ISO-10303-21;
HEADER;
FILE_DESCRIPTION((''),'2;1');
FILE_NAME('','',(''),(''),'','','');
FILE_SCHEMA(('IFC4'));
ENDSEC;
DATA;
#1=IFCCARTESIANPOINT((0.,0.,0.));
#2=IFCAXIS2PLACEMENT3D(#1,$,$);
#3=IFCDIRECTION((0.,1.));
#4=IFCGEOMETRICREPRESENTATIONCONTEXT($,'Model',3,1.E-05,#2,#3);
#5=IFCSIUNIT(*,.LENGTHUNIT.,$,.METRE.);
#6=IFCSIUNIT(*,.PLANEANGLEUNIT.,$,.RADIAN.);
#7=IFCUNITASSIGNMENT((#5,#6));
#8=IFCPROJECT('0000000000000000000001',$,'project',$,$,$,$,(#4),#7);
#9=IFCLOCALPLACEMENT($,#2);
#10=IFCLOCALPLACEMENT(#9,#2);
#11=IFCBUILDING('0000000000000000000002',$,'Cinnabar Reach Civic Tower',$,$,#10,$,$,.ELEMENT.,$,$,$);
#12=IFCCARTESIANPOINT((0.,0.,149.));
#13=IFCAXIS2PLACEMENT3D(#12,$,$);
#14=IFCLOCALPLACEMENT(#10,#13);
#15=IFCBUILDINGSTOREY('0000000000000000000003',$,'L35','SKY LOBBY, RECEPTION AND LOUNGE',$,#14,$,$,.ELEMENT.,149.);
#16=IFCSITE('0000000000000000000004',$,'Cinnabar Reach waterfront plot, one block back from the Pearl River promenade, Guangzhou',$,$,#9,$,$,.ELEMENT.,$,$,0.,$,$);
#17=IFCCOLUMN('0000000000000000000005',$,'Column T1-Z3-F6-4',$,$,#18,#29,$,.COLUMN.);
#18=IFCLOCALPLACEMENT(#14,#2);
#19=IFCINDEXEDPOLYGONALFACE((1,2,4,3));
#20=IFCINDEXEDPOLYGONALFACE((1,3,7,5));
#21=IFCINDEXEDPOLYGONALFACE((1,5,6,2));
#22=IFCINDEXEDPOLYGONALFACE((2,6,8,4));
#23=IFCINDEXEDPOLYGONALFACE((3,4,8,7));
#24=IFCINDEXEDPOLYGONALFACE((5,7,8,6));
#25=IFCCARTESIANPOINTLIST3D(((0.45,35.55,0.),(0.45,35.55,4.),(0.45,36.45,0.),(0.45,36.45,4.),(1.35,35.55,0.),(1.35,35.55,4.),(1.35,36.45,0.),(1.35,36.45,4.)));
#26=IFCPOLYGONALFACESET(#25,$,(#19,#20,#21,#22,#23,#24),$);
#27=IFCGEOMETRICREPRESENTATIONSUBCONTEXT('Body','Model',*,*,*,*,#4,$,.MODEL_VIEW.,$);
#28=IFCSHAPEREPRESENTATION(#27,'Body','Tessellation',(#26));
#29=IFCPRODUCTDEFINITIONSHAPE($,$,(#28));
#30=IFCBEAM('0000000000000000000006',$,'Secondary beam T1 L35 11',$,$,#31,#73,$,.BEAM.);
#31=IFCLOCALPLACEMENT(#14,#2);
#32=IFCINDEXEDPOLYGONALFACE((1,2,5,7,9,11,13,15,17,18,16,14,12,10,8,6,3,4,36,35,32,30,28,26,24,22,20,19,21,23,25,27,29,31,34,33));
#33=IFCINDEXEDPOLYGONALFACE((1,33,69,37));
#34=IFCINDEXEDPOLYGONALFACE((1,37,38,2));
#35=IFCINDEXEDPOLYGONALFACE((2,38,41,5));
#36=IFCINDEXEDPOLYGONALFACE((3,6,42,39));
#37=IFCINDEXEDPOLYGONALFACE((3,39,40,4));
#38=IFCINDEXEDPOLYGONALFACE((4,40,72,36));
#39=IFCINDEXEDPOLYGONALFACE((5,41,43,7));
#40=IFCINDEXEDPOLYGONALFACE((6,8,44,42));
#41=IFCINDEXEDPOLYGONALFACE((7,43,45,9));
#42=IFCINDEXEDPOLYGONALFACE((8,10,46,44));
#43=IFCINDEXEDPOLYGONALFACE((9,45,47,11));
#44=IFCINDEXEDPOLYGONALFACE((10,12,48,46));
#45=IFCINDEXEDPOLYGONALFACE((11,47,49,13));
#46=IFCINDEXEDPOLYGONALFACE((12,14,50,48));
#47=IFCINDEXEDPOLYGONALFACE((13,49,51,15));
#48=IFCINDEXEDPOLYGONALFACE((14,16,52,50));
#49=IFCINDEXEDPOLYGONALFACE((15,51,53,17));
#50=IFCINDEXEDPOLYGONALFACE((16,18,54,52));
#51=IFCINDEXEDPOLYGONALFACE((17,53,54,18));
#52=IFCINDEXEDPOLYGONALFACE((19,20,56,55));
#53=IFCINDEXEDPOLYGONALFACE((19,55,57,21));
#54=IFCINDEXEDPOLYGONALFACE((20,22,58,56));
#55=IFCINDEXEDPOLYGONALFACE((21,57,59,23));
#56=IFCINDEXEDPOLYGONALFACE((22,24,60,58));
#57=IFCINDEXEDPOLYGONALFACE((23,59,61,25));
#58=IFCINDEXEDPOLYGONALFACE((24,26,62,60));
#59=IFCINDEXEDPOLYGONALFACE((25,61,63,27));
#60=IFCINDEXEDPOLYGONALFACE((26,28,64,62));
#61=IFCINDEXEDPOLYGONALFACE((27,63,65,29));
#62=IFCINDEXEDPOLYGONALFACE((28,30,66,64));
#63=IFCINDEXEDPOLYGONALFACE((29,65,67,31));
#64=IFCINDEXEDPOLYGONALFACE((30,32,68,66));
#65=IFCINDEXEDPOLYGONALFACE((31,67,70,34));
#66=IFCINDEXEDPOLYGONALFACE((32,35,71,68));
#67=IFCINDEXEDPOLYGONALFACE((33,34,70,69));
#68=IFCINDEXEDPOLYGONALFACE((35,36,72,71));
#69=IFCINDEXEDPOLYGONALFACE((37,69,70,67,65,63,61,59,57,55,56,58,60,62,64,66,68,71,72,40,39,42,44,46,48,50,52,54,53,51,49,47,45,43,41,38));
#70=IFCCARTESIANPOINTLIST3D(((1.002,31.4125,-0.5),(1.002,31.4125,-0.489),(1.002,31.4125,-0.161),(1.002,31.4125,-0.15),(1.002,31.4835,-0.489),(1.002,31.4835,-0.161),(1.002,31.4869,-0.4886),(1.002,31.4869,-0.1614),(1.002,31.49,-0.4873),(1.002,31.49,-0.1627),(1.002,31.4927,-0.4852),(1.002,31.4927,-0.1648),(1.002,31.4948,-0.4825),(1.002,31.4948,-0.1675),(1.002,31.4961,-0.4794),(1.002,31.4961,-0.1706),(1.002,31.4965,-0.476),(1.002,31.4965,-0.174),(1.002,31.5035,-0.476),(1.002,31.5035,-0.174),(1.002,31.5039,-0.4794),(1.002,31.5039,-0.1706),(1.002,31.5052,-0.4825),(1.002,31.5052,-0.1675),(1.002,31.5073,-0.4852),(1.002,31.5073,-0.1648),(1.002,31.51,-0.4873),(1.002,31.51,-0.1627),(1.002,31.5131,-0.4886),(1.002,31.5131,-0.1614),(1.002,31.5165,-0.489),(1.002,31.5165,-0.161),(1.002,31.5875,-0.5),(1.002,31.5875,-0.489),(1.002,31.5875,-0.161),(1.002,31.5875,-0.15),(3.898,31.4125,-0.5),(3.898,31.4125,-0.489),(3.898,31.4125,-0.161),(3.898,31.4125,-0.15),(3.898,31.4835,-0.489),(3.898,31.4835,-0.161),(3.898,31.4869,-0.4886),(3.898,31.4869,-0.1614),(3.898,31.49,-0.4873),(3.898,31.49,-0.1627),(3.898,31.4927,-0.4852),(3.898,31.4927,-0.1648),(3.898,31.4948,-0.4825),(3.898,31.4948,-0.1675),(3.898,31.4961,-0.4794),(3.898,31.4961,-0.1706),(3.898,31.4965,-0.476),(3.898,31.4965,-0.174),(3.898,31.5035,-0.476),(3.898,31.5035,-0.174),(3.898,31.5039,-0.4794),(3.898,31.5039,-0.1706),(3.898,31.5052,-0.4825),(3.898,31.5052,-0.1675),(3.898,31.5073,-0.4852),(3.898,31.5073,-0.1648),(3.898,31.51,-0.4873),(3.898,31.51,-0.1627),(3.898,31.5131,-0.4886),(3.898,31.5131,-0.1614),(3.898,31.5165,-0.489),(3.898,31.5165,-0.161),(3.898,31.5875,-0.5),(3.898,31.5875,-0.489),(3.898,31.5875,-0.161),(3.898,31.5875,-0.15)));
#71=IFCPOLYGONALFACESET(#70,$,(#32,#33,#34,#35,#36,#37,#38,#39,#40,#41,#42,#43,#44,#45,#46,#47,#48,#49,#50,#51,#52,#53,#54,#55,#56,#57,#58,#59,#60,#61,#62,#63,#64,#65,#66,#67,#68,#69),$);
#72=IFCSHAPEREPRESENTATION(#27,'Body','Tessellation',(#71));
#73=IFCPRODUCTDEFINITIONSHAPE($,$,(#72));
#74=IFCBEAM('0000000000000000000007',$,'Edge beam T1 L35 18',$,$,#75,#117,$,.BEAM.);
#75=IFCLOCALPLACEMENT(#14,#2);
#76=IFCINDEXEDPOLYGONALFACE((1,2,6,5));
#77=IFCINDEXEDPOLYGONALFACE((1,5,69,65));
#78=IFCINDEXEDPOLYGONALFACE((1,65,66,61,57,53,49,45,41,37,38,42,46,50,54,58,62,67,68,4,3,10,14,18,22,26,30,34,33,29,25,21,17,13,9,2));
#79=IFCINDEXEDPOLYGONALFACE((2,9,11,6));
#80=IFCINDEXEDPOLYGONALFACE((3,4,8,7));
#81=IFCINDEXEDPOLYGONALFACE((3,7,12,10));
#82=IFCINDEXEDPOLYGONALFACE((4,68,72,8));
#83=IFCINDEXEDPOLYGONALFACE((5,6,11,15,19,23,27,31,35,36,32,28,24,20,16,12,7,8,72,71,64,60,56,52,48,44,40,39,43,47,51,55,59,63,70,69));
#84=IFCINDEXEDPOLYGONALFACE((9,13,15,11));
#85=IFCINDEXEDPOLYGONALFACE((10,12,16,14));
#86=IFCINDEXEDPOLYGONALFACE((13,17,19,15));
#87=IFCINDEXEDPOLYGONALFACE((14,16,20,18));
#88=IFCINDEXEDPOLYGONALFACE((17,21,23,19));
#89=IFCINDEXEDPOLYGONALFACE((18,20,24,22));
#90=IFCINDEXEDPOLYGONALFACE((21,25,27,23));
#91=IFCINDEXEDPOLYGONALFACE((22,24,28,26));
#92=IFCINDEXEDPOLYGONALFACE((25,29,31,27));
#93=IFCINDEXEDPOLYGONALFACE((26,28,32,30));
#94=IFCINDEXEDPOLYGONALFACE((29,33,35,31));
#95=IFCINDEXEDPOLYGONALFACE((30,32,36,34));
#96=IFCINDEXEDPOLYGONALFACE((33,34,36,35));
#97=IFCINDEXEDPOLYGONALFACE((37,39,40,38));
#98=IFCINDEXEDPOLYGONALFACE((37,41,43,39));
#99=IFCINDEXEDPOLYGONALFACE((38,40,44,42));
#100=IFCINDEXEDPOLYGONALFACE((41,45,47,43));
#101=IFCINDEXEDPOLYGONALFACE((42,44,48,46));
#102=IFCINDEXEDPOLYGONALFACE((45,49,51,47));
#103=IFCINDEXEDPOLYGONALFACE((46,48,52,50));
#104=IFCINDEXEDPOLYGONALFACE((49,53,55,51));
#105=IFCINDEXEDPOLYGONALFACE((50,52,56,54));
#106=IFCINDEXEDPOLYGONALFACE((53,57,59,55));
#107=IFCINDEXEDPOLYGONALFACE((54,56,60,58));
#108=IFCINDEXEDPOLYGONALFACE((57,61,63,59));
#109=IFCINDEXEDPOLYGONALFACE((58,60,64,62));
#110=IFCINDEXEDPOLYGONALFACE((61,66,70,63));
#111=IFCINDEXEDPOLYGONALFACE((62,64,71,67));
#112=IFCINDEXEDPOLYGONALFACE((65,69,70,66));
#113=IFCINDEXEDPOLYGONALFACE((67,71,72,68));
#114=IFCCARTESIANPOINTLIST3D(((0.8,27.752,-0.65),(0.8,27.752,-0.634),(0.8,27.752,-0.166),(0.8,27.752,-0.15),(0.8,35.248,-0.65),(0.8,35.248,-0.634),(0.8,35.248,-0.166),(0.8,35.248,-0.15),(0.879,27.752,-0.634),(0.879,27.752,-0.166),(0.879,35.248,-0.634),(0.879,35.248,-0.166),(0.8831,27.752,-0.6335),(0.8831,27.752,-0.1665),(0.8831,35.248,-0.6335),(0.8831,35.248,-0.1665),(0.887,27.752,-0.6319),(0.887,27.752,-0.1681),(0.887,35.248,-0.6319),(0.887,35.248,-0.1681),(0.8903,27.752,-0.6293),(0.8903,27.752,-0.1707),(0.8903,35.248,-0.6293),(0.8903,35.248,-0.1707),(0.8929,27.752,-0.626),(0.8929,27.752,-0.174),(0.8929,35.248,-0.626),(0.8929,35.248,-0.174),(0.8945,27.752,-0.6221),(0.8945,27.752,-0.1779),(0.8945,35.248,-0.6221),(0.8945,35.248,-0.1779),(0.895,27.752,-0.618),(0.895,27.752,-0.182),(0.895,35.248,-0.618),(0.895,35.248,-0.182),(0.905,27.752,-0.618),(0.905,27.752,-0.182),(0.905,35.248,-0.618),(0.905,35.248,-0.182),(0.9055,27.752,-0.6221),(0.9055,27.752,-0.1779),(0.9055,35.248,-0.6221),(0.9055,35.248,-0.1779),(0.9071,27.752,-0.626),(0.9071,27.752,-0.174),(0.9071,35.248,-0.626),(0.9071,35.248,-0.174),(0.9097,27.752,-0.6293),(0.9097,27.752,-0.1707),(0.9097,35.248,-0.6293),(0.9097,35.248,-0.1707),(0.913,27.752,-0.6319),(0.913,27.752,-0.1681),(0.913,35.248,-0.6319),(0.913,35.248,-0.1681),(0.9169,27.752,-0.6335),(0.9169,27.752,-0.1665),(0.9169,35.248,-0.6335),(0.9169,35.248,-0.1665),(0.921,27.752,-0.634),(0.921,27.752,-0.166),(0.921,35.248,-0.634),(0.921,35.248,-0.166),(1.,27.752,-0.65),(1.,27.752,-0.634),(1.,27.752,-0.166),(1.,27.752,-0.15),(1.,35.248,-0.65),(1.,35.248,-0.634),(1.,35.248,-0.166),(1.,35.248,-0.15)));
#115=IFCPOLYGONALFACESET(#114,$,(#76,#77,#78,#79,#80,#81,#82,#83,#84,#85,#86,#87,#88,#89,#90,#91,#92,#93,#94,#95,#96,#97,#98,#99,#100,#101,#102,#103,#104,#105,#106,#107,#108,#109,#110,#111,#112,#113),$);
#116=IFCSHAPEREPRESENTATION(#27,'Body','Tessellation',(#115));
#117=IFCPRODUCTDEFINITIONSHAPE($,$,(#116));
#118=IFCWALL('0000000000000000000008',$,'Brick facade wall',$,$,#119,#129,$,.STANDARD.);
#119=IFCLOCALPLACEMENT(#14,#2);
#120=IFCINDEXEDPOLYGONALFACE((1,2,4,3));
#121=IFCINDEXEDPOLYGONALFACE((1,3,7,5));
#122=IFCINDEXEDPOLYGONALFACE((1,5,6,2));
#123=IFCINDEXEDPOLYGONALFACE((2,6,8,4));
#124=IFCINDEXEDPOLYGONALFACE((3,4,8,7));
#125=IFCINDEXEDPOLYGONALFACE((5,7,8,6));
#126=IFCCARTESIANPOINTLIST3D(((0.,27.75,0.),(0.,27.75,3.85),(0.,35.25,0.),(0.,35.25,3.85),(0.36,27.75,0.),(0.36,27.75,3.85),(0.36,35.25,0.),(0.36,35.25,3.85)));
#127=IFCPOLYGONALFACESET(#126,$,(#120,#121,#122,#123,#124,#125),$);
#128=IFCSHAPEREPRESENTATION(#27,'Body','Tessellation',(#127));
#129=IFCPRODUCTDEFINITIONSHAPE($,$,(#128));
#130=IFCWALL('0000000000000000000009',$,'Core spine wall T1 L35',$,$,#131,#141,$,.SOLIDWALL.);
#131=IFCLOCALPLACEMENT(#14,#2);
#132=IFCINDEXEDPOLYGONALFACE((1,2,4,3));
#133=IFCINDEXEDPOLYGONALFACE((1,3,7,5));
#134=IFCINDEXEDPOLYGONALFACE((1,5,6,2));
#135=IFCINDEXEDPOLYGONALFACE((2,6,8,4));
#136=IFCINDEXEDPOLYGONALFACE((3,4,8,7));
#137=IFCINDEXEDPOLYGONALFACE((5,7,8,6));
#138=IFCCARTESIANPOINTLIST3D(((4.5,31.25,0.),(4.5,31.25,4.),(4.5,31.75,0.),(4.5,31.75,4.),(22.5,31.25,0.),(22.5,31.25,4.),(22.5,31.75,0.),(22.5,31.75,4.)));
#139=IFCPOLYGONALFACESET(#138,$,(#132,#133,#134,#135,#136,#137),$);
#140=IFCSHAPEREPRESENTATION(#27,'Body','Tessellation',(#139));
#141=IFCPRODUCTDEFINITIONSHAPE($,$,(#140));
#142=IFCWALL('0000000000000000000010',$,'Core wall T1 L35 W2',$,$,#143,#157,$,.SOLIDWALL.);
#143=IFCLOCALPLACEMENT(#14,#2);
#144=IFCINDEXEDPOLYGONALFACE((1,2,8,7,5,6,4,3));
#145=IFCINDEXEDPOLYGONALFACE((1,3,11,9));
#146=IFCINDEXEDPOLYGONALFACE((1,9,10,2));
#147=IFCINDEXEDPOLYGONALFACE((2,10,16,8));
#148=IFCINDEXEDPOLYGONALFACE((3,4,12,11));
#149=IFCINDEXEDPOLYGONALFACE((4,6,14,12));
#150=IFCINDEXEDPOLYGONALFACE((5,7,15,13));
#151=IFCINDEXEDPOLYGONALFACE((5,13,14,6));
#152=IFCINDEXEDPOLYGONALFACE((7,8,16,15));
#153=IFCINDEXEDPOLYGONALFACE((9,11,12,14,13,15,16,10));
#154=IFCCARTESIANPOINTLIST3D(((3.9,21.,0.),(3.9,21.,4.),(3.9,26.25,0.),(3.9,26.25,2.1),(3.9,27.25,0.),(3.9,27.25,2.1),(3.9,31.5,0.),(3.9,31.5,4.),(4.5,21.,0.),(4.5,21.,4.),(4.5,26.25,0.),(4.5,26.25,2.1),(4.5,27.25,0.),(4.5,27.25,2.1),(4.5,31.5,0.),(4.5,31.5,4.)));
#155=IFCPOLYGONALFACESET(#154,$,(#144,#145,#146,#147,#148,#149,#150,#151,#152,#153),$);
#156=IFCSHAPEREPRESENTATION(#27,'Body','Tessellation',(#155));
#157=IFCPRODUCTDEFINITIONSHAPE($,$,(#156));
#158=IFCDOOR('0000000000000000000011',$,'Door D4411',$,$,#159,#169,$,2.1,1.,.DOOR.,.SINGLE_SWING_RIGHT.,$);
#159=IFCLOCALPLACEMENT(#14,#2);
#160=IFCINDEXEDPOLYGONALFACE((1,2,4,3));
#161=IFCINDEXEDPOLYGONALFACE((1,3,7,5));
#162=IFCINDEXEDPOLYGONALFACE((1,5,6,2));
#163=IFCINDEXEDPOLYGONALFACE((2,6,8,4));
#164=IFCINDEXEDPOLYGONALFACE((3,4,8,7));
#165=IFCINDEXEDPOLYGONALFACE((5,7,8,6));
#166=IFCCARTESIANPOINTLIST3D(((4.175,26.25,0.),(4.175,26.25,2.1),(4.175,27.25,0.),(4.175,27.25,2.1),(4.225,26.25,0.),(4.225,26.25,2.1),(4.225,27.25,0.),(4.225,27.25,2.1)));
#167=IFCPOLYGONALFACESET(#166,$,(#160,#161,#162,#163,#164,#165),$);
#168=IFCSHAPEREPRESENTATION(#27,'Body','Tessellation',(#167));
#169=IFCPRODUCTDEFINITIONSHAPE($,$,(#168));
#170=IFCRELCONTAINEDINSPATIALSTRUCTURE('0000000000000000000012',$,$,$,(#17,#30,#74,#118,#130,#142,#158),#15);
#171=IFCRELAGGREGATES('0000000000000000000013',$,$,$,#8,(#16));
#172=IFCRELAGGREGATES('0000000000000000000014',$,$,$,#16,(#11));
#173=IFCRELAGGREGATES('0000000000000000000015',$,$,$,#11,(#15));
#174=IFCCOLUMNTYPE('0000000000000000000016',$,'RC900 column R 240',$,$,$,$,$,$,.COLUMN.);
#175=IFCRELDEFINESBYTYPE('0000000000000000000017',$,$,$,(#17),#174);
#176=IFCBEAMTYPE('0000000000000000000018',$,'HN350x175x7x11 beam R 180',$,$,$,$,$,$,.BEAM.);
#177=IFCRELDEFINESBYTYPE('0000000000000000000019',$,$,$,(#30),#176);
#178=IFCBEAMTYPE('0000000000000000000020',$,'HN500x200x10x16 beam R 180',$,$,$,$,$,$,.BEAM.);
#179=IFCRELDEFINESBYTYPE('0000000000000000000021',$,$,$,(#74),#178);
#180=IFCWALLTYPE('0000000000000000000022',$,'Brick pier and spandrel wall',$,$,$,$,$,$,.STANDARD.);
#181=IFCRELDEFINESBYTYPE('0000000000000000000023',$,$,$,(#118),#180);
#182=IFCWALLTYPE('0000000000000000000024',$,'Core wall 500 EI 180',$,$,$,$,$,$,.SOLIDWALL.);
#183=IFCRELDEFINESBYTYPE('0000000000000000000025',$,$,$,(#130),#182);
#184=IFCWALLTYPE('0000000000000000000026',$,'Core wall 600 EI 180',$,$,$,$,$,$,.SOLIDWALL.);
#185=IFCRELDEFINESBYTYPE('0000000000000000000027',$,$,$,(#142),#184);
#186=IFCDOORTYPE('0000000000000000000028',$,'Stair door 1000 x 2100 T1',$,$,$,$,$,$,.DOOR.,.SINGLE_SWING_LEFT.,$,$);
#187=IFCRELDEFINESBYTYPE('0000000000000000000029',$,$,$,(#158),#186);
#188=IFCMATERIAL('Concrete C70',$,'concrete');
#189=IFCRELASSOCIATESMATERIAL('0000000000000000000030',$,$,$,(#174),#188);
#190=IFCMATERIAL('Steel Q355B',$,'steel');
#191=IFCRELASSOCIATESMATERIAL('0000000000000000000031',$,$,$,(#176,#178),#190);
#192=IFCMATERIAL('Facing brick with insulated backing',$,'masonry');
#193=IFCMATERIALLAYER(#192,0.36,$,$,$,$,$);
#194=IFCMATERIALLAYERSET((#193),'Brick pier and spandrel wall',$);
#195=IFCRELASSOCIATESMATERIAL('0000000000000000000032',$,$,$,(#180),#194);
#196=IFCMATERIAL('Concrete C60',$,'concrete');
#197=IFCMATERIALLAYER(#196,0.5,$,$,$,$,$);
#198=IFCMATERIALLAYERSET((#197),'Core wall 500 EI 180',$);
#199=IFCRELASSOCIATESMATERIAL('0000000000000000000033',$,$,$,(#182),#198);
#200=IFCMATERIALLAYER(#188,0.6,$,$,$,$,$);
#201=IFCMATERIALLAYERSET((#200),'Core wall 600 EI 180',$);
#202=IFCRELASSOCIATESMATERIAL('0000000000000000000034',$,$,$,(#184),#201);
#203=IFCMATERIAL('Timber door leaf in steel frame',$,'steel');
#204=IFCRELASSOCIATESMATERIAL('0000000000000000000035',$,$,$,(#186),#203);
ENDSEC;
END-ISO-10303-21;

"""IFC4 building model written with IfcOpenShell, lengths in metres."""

from ifc_helpers import new_model, si_unit, direction, frame, frame_2d, origin, origin_2d, place, context, subcontext, project, spatial, rectangle, i_section, extrude, material, layer, layer_set, material_profile, profile_set, type_object, element, fill, save


model = new_model("IFC4")

# Units and contexts
model_context = context("Model", 3, precision=1e-05, world=origin(), true_north=direction((0.0, 1.0)))
body_context = subcontext(model_context, "Body", "Model", "MODEL_VIEW")
ifc_project = project(units=[si_unit("LENGTHUNIT", "METRE"), si_unit("PLANEANGLEUNIT", "RADIAN")], contexts=[model_context])

# Site, building, storey
site_placement = place(None, origin())
site = spatial("IfcSite", under=ifc_project, at=site_placement, Name="Cinnabar Reach waterfront plot, one block back from the Pearl River promenade, Guangzhou", CompositionType="ELEMENT", RefElevation=0.0)
building_placement = place(site_placement, origin())
building = spatial("IfcBuilding", under=site, at=building_placement, Name="Cinnabar Reach Civic Tower", CompositionType="ELEMENT")
storey_placement = place(building_placement, frame((0.0, 0.0, 149.0)))
storey = spatial("IfcBuildingStorey", under=building, at=storey_placement, Name="L35", Description="SKY LOBBY, RECEPTION AND LOUNGE", CompositionType="ELEMENT", Elevation=149.0)

# Column
ifc_material_1 = material(Name="Concrete C70", Category="concrete")
ifc_material_profile_1 = material_profile(ifc_material_1, rectangle(XDim=0.9, YDim=0.9, at=origin_2d()), Name="RC900")
ifc_profile_set_1 = profile_set([ifc_material_profile_1], Name="Concrete C70")
column_type = type_object("IfcColumnType", Name="RC900 column R 240", PredefinedType="COLUMN", material=ifc_profile_set_1)
column_placement = place(storey_placement, frame((0.9, 36.0, 0.0), z_axis=(0.0, 0.0, 1.0), x_axis=(1.0, 0.0, 0.0)))
element("IfcColumn", 1, at=column_placement, inside=storey, type_object=column_type, Name="Column T1-Z3-F6-4", PredefinedType="COLUMN", context=body_context, shape_type="SweptSolid", body=[
    extrude(rectangle(XDim=0.9, YDim=0.9, at=origin_2d()), origin(), (0.0, 0.0, 1.0), 4.0),
])

# Beams
ifc_material_2 = material(Name="Steel Q355B", Category="steel")
ifc_material_profile_2 = material_profile(ifc_material_2, i_section(OverallWidth=0.175, OverallDepth=0.35, WebThickness=0.007, FlangeThickness=0.011, FilletRadius=0.013, at=origin_2d()), Name="HN350x175x7x11")
ifc_profile_set_2 = profile_set([ifc_material_profile_2], Name="Steel Q355B")
beam_type_1 = type_object("IfcBeamType", Name="HN350x175x7x11 beam R 180", PredefinedType="BEAM", material=ifc_profile_set_2)
beam_1_placement = place(storey_placement, frame((1.002, 31.5, -0.325), z_axis=(1.0, 0.0, 0.0), x_axis=(0.0, 1.0, 0.0)))
element("IfcBeam", 2, at=beam_1_placement, inside=storey, type_object=beam_type_1, Name="Secondary beam T1 L35 11", PredefinedType="BEAM", context=body_context, shape_type="SweptSolid", body=[
    extrude(i_section(OverallWidth=0.175, OverallDepth=0.35, WebThickness=0.007, FlangeThickness=0.011, FilletRadius=0.013, at=origin_2d()), origin(), (0.0, 0.0, 1.0), 2.896),
])
ifc_material_profile_3 = material_profile(ifc_material_2, i_section(OverallWidth=0.2, OverallDepth=0.5, WebThickness=0.01, FlangeThickness=0.016, FilletRadius=0.016, at=origin_2d()), Name="HN500x200x10x16")
ifc_profile_set_3 = profile_set([ifc_material_profile_3], Name="Steel Q355B")
beam_type_2 = type_object("IfcBeamType", Name="HN500x200x10x16 beam R 180", PredefinedType="BEAM", material=ifc_profile_set_3)
beam_2_placement = place(storey_placement, frame((0.9, 35.248, -0.4), z_axis=(0.0, -1.0, 0.0), x_axis=(1.0, 0.0, 0.0)))
element("IfcBeam", 3, at=beam_2_placement, inside=storey, type_object=beam_type_2, Name="Edge beam T1 L35 18", PredefinedType="BEAM", context=body_context, shape_type="SweptSolid", body=[
    extrude(i_section(OverallWidth=0.2, OverallDepth=0.5, WebThickness=0.01, FlangeThickness=0.016, FilletRadius=0.016, at=origin_2d()), origin(), (0.0, 0.0, 1.0), 7.496),
])

# Walls
ifc_material_3 = material(Name="Facing brick with insulated backing", Category="masonry")
ifc_layer_1 = layer(ifc_material_3, 0.36)
ifc_layer_set_1 = layer_set([ifc_layer_1], Name="Brick pier and spandrel wall")
wall_type_1 = type_object("IfcWallType", Name="Brick pier and spandrel wall", PredefinedType="STANDARD", material=ifc_layer_set_1)
wall_1_placement = place(storey_placement, frame((0.18, 35.25, 0.0), z_axis=(0.0, 0.0, 1.0), x_axis=(0.0, -1.0, 0.0)))
element("IfcWall", 4, at=wall_1_placement, inside=storey, type_object=wall_type_1, Name="Brick facade wall", PredefinedType="STANDARD", context=body_context, shape_type="SweptSolid", body=[
    extrude(rectangle(XDim=7.5, YDim=0.36, at=frame_2d((3.75, 0.0))), origin(), (0.0, 0.0, 1.0), 3.85),
])
ifc_material_4 = material(Name="Concrete C60", Category="concrete")
ifc_layer_2 = layer(ifc_material_4, 0.5)
ifc_layer_set_2 = layer_set([ifc_layer_2], Name="Core wall 500 EI 180")
wall_type_2 = type_object("IfcWallType", Name="Core wall 500 EI 180", PredefinedType="SOLIDWALL", material=ifc_layer_set_2)
wall_2_placement = place(storey_placement, frame((4.5, 31.5, 0.0), z_axis=(0.0, 0.0, 1.0), x_axis=(1.0, 0.0, 0.0)))
element("IfcWall", 5, at=wall_2_placement, inside=storey, type_object=wall_type_2, Name="Core spine wall T1 L35", PredefinedType="SOLIDWALL", context=body_context, shape_type="SweptSolid", body=[
    extrude(rectangle(XDim=18.0, YDim=0.5, at=frame_2d((9.0, 0.0))), origin(), (0.0, 0.0, 1.0), 4.0),
])

# Wall, opening, door
ifc_layer_3 = layer(ifc_material_1, 0.6)
ifc_layer_set_3 = layer_set([ifc_layer_3], Name="Core wall 600 EI 180")
wall_type_3 = type_object("IfcWallType", Name="Core wall 600 EI 180", PredefinedType="SOLIDWALL", material=ifc_layer_set_3)
wall_3_placement = place(storey_placement, frame((4.2, 31.5, 0.0), z_axis=(0.0, 0.0, 1.0), x_axis=(0.0, -1.0, 0.0)))
wall_3 = element("IfcWall", 6, at=wall_3_placement, inside=storey, type_object=wall_type_3, Name="Core wall T1 L35 W2", PredefinedType="SOLIDWALL", context=body_context, shape_type="SweptSolid", body=[
    extrude(rectangle(XDim=10.5, YDim=0.6, at=frame_2d((5.25, 0.0))), origin(), (0.0, 0.0, 1.0), 4.0),
])
opening_1_placement = place(wall_3_placement, frame((4.25, 0.0, 0.0)))
opening_1 = element("IfcOpeningElement", 7, at=opening_1_placement, cuts=wall_3, PredefinedType="OPENING", context=body_context, shape_type="SweptSolid", body=[
    extrude(rectangle(XDim=1.0, YDim=2.1, at=frame_2d((0.5, 1.05))), frame((0.0, 0.31, 0.0), z_axis=(0.0, -1.0, 0.0), x_axis=(1.0, 0.0, 0.0)), (0.0, 0.0, 1.0), 0.62),
])
ifc_material_5 = material(Name="Timber door leaf in steel frame", Category="steel")
door_type_1 = type_object("IfcDoorType", Name="Stair door 1000 x 2100 T1", OperationType="SINGLE_SWING_LEFT", PredefinedType="DOOR", material=ifc_material_5)
door_1_placement = place(opening_1_placement, frame((1.0, 0.0, 0.0), z_axis=(0.0, 0.0, 1.0), x_axis=(-1.0, 0.0, 0.0)))
door_1 = element("IfcDoor", 8, at=door_1_placement, inside=storey, type_object=door_type_1, Name="Door D4411", OperationType="SINGLE_SWING_RIGHT", OverallHeight=2.1, OverallWidth=1.0, PredefinedType="DOOR", context=body_context, shape_type="SweptSolid", body=[
    extrude(rectangle(XDim=1.0, YDim=2.1, at=frame_2d((0.5, 1.05))), frame((0.0, 0.025, 0.0), z_axis=(0.0, -1.0, 0.0), x_axis=(1.0, 0.0, 0.0)), (0.0, 0.0, 1.0), 0.05),
])
fill(opening_1, door_1)

save(model, "model.ifc")
